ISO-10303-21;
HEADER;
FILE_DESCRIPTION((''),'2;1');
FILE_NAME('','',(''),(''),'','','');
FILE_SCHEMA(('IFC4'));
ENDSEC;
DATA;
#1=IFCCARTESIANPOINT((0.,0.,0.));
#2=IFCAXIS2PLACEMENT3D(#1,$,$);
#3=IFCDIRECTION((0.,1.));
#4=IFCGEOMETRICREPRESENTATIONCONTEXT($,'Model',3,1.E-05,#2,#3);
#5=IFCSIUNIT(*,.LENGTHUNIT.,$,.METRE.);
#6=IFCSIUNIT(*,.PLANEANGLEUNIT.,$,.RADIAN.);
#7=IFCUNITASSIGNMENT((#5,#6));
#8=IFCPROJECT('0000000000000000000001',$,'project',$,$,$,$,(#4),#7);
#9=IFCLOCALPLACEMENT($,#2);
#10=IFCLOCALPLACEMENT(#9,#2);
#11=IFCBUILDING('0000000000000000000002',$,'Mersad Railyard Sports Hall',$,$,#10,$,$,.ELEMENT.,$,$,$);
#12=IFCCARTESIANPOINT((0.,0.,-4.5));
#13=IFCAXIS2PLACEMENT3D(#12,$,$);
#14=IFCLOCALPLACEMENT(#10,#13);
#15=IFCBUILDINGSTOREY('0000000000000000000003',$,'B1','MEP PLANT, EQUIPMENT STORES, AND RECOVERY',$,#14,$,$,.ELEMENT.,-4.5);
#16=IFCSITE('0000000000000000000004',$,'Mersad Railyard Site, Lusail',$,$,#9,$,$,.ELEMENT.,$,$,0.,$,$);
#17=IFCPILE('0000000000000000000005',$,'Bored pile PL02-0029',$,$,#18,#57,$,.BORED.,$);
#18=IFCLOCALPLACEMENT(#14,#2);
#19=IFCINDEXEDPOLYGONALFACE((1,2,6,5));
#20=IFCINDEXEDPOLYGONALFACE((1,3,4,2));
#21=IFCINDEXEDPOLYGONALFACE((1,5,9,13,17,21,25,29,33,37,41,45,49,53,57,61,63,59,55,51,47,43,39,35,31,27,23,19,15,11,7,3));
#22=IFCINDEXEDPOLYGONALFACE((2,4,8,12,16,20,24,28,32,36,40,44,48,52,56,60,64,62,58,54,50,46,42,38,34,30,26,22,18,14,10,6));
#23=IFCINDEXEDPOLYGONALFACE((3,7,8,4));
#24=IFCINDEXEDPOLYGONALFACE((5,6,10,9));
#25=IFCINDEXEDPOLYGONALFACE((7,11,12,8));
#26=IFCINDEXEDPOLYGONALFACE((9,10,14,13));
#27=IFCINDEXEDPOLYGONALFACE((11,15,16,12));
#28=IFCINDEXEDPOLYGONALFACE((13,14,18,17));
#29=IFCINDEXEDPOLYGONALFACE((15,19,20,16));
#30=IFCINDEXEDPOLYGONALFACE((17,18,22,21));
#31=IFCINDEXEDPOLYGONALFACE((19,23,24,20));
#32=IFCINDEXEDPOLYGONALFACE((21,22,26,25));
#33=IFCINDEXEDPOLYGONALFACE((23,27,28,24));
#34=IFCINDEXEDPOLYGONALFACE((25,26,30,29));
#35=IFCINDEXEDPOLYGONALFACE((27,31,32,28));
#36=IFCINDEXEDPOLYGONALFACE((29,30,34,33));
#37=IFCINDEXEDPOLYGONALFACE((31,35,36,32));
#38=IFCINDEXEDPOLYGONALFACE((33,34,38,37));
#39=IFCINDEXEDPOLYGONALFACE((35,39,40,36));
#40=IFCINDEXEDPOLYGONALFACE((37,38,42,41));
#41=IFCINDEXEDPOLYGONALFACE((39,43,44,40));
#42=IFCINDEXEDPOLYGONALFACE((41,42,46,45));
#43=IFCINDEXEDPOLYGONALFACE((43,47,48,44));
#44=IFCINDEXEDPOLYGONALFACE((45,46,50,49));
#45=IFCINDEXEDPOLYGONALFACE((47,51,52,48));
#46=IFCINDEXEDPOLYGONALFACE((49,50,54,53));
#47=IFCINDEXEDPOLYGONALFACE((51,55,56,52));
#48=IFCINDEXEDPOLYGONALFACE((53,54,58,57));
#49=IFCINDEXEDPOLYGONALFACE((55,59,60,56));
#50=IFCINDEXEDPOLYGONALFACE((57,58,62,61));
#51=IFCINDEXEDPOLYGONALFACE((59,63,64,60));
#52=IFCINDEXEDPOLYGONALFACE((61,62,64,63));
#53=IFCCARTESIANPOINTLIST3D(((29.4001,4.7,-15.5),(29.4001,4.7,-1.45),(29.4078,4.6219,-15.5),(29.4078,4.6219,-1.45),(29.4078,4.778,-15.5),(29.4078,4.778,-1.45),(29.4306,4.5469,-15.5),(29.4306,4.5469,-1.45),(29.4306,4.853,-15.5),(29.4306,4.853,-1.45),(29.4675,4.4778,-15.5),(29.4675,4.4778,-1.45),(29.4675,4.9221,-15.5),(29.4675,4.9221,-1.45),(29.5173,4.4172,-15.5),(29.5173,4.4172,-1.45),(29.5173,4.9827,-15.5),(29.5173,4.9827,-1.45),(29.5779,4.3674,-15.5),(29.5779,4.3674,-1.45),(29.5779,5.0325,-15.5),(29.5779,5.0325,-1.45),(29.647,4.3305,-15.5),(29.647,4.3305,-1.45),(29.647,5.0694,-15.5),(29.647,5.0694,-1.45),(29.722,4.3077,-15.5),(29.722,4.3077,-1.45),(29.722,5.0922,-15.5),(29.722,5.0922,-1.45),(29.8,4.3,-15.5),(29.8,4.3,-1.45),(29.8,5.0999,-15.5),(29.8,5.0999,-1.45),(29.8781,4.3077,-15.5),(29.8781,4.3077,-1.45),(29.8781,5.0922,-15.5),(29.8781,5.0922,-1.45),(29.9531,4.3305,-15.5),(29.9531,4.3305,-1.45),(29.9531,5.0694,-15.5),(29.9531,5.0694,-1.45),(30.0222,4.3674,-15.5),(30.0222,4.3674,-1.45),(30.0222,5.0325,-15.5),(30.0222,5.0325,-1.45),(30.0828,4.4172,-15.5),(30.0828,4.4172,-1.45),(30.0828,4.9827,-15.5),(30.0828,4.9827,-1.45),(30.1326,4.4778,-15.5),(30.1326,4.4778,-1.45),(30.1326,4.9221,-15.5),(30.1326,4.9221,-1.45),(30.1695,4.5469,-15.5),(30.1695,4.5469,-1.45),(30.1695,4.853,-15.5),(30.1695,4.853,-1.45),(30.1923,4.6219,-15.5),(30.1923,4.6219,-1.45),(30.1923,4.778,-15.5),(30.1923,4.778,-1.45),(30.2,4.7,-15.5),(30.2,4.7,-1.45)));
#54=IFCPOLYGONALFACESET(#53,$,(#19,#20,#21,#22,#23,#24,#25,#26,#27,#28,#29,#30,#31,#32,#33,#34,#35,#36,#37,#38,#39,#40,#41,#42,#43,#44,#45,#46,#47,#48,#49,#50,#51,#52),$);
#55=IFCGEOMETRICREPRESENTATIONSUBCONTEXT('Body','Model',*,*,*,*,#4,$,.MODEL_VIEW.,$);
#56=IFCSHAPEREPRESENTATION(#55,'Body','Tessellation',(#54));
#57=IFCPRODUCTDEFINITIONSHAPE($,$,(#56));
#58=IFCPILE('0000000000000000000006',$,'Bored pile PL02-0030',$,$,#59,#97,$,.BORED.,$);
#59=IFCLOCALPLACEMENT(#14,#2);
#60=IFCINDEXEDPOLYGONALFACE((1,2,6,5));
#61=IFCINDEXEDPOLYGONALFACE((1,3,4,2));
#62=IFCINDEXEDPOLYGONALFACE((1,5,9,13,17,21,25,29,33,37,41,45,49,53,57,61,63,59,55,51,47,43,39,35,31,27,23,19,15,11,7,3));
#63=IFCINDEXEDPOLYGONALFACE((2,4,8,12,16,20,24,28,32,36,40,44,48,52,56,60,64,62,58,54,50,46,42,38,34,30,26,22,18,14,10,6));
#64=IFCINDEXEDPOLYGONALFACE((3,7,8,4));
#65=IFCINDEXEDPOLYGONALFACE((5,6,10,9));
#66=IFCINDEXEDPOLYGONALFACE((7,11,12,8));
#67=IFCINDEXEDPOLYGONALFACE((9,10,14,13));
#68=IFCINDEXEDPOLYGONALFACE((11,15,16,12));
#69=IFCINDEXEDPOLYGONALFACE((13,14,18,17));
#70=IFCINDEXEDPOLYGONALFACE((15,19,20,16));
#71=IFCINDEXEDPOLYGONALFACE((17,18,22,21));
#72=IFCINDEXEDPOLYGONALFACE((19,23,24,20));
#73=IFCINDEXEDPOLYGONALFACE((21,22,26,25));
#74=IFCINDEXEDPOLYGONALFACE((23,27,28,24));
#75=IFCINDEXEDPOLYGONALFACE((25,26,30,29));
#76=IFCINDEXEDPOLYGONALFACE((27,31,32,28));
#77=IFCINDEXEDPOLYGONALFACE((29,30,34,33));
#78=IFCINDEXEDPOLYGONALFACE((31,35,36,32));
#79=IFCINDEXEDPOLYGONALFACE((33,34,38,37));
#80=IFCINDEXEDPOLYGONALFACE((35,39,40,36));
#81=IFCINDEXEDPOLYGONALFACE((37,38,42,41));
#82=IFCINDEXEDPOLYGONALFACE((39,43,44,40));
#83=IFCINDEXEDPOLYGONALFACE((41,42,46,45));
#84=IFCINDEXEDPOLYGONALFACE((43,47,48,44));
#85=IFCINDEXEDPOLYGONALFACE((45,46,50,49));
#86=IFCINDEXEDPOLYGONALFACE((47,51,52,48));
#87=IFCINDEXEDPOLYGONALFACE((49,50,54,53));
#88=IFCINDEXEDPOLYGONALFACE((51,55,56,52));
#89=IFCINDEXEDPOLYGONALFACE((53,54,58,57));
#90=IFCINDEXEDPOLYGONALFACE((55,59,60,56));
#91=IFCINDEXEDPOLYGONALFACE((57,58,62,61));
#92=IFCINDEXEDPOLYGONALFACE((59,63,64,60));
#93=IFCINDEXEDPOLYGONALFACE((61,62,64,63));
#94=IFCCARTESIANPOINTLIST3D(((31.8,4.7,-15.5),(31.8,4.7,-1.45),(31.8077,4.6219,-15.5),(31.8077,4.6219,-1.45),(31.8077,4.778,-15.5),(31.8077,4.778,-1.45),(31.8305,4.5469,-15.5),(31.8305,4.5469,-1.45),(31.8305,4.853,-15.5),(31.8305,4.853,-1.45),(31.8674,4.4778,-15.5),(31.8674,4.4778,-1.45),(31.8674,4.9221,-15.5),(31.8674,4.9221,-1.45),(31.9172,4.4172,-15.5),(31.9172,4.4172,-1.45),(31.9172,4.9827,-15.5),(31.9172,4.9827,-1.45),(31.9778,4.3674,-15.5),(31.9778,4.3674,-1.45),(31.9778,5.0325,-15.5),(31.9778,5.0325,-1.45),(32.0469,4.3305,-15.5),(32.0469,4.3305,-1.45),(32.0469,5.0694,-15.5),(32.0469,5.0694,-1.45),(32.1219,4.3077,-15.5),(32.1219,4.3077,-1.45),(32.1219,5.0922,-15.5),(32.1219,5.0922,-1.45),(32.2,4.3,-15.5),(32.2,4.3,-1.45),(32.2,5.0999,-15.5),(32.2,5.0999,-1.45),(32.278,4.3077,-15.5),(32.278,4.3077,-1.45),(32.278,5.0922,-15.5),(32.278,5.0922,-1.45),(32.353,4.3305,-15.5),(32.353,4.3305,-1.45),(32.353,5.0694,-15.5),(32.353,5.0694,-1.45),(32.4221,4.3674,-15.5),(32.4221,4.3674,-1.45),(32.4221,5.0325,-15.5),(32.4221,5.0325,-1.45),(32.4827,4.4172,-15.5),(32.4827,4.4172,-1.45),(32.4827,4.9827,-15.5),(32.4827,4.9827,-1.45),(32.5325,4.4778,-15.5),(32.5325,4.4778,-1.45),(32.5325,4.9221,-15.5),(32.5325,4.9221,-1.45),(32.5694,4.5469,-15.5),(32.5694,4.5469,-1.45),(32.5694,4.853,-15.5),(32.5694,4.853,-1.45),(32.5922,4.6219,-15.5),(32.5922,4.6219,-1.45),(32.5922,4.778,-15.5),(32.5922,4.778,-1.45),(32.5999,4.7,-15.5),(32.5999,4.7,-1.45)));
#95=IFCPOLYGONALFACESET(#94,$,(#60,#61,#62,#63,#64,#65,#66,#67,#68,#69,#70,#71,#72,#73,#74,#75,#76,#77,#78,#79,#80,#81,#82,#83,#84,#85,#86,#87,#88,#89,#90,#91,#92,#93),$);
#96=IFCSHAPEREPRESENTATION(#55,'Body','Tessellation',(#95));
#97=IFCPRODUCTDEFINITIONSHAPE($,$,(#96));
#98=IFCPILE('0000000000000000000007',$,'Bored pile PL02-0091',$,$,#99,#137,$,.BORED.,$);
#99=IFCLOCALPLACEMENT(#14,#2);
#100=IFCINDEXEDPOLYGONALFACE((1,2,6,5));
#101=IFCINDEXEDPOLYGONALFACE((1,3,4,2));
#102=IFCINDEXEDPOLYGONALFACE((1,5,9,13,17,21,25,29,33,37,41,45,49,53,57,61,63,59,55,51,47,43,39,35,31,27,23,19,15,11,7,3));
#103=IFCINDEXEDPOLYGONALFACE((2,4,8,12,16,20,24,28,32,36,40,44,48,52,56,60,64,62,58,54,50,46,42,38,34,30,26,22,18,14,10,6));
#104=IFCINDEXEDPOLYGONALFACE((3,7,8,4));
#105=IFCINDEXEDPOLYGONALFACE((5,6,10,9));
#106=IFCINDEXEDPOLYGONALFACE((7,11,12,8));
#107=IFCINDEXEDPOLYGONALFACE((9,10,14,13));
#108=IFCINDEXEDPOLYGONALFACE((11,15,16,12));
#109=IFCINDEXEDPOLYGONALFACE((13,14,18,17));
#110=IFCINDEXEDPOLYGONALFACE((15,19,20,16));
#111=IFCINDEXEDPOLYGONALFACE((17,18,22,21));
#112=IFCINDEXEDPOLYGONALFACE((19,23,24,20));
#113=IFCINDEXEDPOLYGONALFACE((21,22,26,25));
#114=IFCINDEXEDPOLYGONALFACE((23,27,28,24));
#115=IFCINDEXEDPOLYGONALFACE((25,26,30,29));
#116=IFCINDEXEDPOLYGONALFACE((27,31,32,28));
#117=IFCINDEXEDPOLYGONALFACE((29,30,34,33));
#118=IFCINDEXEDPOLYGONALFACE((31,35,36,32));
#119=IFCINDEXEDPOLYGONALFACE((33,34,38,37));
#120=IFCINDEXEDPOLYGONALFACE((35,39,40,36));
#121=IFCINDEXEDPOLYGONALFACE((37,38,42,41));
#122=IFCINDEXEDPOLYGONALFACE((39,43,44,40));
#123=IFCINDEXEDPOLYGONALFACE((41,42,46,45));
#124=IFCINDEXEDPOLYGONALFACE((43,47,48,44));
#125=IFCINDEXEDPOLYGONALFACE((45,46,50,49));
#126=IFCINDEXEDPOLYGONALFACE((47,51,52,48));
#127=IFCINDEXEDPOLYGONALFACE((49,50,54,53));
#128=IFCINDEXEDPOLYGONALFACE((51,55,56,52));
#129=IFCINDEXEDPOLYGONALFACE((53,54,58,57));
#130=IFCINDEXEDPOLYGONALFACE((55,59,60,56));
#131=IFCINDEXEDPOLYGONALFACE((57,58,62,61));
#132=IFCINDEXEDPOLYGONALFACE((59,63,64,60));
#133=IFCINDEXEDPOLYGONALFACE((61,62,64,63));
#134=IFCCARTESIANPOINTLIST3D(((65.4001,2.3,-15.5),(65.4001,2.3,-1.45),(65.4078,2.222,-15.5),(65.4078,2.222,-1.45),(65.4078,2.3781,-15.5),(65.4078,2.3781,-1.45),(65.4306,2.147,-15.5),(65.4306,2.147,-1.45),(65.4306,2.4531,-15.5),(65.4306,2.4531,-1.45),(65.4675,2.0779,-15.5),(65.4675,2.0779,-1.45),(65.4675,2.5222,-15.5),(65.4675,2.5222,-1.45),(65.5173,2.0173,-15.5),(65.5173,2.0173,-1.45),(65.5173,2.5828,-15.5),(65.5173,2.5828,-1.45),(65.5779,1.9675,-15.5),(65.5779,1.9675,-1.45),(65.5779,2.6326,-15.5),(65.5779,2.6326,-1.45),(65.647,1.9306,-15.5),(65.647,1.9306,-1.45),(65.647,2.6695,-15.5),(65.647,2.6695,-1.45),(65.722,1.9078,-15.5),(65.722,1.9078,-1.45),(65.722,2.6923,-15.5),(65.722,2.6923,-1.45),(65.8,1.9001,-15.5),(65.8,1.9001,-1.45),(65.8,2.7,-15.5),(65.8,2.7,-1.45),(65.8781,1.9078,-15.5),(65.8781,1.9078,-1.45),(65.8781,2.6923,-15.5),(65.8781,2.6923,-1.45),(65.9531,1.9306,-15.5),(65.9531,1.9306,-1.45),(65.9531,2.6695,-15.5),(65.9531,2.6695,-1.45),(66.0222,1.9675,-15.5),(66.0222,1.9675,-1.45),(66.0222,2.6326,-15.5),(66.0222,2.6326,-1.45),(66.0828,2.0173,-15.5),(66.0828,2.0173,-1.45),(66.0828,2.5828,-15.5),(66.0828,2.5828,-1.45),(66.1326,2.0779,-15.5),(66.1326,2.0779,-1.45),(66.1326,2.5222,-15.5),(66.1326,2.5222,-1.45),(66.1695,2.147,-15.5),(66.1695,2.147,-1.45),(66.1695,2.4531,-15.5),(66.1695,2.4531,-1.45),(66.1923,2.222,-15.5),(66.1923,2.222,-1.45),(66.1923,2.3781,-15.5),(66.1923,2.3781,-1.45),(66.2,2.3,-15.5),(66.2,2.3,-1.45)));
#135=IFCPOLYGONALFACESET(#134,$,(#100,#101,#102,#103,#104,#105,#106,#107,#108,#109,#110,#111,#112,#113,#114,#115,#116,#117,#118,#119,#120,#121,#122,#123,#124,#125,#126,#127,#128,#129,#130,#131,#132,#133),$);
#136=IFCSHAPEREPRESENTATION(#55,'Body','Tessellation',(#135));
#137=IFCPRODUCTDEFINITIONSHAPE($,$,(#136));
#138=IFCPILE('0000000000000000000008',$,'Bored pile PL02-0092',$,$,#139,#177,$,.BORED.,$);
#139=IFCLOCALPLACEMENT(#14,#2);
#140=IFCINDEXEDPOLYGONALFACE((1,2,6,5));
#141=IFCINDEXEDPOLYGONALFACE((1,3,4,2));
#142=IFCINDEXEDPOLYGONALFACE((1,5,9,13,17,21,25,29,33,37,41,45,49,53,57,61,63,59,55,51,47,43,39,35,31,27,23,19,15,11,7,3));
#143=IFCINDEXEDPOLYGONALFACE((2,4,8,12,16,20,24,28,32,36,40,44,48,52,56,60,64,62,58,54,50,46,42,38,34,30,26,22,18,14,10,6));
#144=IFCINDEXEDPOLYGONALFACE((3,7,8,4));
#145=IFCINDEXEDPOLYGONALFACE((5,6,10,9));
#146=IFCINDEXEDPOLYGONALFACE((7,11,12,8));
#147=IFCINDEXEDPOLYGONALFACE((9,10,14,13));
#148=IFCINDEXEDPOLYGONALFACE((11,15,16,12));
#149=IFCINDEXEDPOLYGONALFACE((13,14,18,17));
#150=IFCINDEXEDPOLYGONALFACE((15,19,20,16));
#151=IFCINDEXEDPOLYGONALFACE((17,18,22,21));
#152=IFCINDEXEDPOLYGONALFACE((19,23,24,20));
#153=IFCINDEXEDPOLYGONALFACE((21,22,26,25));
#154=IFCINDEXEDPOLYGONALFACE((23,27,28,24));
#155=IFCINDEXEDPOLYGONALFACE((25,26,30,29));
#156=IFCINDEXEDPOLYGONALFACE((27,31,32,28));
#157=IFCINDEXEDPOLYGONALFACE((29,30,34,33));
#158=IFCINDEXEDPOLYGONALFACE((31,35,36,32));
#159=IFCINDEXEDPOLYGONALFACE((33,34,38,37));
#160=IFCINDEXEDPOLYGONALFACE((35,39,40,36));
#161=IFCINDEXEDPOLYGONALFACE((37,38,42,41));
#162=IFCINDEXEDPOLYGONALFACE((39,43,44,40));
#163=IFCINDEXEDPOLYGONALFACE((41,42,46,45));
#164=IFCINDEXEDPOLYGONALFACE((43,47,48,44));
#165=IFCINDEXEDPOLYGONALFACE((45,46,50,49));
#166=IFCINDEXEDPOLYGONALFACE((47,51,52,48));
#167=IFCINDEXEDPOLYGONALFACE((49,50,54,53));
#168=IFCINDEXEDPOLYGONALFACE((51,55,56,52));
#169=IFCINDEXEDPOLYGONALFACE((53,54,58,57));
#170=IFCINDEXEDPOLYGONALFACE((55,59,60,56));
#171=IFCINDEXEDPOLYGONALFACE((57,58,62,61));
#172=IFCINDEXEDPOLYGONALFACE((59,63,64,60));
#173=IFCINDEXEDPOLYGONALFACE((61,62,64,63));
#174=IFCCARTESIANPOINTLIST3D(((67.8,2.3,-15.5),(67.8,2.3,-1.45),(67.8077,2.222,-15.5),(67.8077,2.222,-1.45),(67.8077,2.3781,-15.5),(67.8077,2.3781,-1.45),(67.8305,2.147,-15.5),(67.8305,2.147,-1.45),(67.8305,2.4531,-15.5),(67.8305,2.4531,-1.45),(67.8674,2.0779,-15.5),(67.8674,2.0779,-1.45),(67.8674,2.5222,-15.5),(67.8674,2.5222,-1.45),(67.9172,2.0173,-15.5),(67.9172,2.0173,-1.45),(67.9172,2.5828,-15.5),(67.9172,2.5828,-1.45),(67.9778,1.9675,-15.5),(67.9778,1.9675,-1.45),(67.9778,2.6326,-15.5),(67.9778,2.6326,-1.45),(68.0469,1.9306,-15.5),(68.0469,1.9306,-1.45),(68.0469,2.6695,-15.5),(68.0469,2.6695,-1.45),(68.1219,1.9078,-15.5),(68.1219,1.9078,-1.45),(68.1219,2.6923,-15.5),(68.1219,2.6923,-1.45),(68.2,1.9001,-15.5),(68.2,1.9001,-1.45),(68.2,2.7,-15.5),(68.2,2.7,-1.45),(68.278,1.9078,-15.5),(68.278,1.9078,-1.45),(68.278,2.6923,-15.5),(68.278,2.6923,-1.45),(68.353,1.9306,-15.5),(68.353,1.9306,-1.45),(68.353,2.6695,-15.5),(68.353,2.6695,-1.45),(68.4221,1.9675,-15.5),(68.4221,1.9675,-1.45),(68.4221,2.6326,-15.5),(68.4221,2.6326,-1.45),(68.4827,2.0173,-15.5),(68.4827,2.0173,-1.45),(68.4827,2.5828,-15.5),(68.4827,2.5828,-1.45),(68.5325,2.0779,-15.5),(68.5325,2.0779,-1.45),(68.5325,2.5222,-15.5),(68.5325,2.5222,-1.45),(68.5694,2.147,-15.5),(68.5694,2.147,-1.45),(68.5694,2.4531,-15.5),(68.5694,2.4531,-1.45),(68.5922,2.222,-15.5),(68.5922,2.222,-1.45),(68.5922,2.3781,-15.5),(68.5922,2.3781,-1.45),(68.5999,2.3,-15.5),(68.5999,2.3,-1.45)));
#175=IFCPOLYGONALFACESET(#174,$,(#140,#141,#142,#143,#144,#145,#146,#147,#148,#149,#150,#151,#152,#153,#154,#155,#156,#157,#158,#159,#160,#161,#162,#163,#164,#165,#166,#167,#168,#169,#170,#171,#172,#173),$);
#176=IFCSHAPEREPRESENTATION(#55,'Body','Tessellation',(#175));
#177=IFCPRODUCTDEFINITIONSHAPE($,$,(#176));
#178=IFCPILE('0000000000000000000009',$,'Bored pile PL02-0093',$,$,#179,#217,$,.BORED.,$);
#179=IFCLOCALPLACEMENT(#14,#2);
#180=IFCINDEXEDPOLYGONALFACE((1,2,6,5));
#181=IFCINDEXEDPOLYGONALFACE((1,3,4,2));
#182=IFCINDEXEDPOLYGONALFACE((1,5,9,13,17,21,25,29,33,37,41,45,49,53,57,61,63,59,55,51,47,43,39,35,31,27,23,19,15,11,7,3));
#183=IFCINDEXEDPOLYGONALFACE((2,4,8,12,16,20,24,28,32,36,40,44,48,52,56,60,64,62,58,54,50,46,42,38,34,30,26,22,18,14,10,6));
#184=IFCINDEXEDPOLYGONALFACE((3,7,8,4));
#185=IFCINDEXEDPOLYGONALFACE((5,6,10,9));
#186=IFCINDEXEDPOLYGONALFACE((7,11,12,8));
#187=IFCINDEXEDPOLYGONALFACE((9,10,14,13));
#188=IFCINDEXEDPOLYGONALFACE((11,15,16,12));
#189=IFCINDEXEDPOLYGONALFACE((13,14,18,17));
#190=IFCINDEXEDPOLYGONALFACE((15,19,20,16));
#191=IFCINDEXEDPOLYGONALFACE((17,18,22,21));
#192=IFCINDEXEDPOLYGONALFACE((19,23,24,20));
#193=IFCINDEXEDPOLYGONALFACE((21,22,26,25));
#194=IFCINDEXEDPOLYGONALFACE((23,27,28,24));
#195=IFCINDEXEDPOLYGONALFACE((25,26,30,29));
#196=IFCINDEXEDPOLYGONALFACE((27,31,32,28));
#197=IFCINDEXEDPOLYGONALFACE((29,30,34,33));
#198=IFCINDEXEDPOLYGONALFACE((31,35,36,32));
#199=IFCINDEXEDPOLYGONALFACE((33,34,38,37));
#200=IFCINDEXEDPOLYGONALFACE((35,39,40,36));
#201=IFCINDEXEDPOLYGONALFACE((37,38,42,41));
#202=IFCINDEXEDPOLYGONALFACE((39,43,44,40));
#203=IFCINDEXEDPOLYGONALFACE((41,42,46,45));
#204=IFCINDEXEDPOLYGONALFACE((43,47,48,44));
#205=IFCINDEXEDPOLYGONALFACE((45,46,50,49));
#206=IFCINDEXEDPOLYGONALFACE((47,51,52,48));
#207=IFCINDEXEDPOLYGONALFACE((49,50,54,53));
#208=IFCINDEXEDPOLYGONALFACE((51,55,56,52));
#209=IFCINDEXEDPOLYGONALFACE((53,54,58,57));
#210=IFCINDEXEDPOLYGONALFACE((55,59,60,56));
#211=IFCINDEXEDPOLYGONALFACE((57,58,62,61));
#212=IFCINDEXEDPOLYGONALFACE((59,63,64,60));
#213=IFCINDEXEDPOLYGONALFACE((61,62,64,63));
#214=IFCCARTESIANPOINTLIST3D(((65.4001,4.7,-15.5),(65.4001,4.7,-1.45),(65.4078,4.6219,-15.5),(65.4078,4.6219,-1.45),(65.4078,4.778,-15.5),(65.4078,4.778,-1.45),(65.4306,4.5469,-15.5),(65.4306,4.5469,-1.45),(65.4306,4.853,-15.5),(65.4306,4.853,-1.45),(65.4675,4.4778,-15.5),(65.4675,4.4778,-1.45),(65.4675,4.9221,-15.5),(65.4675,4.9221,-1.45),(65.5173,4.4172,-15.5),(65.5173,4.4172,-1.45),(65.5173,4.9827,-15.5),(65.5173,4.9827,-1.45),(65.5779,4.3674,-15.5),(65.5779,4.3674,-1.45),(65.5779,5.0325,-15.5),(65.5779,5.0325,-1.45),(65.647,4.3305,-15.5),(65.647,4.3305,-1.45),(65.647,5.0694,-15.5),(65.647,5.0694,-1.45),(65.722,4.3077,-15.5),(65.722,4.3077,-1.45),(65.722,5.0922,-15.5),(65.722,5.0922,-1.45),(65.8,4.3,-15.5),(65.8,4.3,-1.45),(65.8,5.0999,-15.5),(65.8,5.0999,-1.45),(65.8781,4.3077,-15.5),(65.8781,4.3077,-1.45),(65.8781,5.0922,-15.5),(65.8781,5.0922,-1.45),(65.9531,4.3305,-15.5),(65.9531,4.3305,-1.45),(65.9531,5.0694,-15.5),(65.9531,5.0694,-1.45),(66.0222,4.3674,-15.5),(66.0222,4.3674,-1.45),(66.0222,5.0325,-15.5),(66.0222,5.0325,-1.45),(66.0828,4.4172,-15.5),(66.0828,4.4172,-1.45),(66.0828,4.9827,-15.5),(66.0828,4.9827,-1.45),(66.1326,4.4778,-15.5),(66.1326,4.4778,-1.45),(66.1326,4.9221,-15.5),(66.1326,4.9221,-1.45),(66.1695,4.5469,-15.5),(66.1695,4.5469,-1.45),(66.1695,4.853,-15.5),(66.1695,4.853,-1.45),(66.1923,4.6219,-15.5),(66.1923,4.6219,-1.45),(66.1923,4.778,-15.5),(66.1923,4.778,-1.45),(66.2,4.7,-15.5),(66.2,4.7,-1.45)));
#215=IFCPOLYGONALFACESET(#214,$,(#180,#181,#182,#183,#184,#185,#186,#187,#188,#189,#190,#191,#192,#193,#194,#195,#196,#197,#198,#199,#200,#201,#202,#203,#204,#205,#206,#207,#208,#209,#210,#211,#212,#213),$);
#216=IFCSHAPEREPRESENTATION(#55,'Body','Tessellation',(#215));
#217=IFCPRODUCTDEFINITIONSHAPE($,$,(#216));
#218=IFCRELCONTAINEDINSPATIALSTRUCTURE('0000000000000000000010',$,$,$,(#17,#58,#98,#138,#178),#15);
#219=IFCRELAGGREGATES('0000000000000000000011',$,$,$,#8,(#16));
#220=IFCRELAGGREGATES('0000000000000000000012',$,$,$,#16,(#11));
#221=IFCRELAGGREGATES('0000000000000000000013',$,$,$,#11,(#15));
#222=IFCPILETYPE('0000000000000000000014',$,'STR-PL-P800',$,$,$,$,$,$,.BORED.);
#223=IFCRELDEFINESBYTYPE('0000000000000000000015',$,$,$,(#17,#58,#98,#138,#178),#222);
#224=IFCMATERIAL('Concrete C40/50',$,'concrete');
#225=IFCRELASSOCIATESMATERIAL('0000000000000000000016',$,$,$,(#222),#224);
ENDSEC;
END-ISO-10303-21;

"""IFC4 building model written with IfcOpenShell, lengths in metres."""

from ifc_helpers import new_model, si_unit, direction, frame, origin, origin_2d, place, context, subcontext, project, spatial, circle, extrude, material, material_profile, profile_set, type_object, element, save


model = new_model("IFC4")

# Units and contexts
model_context = context("Model", 3, precision=1e-05, world=origin(), true_north=direction((0.0, 1.0)))
body_context = subcontext(model_context, "Body", "Model", "MODEL_VIEW")
ifc_project = project(units=[si_unit("LENGTHUNIT", "METRE"), si_unit("PLANEANGLEUNIT", "RADIAN")], contexts=[model_context])

# Site, building, storey
site_placement = place(None, origin())
site = spatial("IfcSite", under=ifc_project, at=site_placement, Name="Mersad Railyard Site, Lusail", CompositionType="ELEMENT", RefElevation=0.0)
building_placement = place(site_placement, origin())
building = spatial("IfcBuilding", under=site, at=building_placement, Name="Mersad Railyard Sports Hall", CompositionType="ELEMENT")
storey_placement = place(building_placement, frame((0.0, 0.0, -4.5)))
storey = spatial("IfcBuildingStorey", under=building, at=storey_placement, Name="B1", Description="MEP PLANT, EQUIPMENT STORES, AND RECOVERY", CompositionType="ELEMENT", Elevation=-4.5)

# Shared definitions
ifc_material_1 = material(Name="Concrete C40/50", Category="concrete")

# Piles
ifc_material_profile_1 = material_profile(ifc_material_1, circle(Radius=0.3999, at=origin_2d()), Name="BORED PILE D800")
ifc_profile_set_1 = profile_set([ifc_material_profile_1], Name="Concrete C40/50")
pile_type_1 = type_object("IfcPileType", Name="STR-PL-P800", PredefinedType="BORED", material=ifc_profile_set_1)
for number, where, z_axis, x_axis, name in (
    (1, (29.8, 4.7, -1.45), (0.0, 0.0, -1.0), (1.0, 0.0, 0.0), "Bored pile PL02-0029"),
    (2, (32.2, 4.7, -1.45), (0.0, 0.0, -1.0), (1.0, 0.0, 0.0), "Bored pile PL02-0030"),
    (3, (65.8, 2.3, -1.45), (0.0, 0.0, -1.0), (1.0, 0.0, 0.0), "Bored pile PL02-0091"),
    (4, (68.2, 2.3, -1.45), (0.0, 0.0, -1.0), (1.0, 0.0, 0.0), "Bored pile PL02-0092"),
    (5, (65.8, 4.7, -1.45), (0.0, 0.0, -1.0), (1.0, 0.0, 0.0), "Bored pile PL02-0093"),
):
    element("IfcPile", number, at=place(storey_placement, frame(where, z_axis=z_axis, x_axis=x_axis)), inside=storey, type_object=pile_type_1, Name=name, PredefinedType="BORED", context=body_context, shape_type="SweptSolid", body=[
        extrude(circle(Radius=0.3999, at=origin_2d()), origin(), (0.0, 0.0, 1.0), 14.05),
    ])

save(model, "model.ifc")
